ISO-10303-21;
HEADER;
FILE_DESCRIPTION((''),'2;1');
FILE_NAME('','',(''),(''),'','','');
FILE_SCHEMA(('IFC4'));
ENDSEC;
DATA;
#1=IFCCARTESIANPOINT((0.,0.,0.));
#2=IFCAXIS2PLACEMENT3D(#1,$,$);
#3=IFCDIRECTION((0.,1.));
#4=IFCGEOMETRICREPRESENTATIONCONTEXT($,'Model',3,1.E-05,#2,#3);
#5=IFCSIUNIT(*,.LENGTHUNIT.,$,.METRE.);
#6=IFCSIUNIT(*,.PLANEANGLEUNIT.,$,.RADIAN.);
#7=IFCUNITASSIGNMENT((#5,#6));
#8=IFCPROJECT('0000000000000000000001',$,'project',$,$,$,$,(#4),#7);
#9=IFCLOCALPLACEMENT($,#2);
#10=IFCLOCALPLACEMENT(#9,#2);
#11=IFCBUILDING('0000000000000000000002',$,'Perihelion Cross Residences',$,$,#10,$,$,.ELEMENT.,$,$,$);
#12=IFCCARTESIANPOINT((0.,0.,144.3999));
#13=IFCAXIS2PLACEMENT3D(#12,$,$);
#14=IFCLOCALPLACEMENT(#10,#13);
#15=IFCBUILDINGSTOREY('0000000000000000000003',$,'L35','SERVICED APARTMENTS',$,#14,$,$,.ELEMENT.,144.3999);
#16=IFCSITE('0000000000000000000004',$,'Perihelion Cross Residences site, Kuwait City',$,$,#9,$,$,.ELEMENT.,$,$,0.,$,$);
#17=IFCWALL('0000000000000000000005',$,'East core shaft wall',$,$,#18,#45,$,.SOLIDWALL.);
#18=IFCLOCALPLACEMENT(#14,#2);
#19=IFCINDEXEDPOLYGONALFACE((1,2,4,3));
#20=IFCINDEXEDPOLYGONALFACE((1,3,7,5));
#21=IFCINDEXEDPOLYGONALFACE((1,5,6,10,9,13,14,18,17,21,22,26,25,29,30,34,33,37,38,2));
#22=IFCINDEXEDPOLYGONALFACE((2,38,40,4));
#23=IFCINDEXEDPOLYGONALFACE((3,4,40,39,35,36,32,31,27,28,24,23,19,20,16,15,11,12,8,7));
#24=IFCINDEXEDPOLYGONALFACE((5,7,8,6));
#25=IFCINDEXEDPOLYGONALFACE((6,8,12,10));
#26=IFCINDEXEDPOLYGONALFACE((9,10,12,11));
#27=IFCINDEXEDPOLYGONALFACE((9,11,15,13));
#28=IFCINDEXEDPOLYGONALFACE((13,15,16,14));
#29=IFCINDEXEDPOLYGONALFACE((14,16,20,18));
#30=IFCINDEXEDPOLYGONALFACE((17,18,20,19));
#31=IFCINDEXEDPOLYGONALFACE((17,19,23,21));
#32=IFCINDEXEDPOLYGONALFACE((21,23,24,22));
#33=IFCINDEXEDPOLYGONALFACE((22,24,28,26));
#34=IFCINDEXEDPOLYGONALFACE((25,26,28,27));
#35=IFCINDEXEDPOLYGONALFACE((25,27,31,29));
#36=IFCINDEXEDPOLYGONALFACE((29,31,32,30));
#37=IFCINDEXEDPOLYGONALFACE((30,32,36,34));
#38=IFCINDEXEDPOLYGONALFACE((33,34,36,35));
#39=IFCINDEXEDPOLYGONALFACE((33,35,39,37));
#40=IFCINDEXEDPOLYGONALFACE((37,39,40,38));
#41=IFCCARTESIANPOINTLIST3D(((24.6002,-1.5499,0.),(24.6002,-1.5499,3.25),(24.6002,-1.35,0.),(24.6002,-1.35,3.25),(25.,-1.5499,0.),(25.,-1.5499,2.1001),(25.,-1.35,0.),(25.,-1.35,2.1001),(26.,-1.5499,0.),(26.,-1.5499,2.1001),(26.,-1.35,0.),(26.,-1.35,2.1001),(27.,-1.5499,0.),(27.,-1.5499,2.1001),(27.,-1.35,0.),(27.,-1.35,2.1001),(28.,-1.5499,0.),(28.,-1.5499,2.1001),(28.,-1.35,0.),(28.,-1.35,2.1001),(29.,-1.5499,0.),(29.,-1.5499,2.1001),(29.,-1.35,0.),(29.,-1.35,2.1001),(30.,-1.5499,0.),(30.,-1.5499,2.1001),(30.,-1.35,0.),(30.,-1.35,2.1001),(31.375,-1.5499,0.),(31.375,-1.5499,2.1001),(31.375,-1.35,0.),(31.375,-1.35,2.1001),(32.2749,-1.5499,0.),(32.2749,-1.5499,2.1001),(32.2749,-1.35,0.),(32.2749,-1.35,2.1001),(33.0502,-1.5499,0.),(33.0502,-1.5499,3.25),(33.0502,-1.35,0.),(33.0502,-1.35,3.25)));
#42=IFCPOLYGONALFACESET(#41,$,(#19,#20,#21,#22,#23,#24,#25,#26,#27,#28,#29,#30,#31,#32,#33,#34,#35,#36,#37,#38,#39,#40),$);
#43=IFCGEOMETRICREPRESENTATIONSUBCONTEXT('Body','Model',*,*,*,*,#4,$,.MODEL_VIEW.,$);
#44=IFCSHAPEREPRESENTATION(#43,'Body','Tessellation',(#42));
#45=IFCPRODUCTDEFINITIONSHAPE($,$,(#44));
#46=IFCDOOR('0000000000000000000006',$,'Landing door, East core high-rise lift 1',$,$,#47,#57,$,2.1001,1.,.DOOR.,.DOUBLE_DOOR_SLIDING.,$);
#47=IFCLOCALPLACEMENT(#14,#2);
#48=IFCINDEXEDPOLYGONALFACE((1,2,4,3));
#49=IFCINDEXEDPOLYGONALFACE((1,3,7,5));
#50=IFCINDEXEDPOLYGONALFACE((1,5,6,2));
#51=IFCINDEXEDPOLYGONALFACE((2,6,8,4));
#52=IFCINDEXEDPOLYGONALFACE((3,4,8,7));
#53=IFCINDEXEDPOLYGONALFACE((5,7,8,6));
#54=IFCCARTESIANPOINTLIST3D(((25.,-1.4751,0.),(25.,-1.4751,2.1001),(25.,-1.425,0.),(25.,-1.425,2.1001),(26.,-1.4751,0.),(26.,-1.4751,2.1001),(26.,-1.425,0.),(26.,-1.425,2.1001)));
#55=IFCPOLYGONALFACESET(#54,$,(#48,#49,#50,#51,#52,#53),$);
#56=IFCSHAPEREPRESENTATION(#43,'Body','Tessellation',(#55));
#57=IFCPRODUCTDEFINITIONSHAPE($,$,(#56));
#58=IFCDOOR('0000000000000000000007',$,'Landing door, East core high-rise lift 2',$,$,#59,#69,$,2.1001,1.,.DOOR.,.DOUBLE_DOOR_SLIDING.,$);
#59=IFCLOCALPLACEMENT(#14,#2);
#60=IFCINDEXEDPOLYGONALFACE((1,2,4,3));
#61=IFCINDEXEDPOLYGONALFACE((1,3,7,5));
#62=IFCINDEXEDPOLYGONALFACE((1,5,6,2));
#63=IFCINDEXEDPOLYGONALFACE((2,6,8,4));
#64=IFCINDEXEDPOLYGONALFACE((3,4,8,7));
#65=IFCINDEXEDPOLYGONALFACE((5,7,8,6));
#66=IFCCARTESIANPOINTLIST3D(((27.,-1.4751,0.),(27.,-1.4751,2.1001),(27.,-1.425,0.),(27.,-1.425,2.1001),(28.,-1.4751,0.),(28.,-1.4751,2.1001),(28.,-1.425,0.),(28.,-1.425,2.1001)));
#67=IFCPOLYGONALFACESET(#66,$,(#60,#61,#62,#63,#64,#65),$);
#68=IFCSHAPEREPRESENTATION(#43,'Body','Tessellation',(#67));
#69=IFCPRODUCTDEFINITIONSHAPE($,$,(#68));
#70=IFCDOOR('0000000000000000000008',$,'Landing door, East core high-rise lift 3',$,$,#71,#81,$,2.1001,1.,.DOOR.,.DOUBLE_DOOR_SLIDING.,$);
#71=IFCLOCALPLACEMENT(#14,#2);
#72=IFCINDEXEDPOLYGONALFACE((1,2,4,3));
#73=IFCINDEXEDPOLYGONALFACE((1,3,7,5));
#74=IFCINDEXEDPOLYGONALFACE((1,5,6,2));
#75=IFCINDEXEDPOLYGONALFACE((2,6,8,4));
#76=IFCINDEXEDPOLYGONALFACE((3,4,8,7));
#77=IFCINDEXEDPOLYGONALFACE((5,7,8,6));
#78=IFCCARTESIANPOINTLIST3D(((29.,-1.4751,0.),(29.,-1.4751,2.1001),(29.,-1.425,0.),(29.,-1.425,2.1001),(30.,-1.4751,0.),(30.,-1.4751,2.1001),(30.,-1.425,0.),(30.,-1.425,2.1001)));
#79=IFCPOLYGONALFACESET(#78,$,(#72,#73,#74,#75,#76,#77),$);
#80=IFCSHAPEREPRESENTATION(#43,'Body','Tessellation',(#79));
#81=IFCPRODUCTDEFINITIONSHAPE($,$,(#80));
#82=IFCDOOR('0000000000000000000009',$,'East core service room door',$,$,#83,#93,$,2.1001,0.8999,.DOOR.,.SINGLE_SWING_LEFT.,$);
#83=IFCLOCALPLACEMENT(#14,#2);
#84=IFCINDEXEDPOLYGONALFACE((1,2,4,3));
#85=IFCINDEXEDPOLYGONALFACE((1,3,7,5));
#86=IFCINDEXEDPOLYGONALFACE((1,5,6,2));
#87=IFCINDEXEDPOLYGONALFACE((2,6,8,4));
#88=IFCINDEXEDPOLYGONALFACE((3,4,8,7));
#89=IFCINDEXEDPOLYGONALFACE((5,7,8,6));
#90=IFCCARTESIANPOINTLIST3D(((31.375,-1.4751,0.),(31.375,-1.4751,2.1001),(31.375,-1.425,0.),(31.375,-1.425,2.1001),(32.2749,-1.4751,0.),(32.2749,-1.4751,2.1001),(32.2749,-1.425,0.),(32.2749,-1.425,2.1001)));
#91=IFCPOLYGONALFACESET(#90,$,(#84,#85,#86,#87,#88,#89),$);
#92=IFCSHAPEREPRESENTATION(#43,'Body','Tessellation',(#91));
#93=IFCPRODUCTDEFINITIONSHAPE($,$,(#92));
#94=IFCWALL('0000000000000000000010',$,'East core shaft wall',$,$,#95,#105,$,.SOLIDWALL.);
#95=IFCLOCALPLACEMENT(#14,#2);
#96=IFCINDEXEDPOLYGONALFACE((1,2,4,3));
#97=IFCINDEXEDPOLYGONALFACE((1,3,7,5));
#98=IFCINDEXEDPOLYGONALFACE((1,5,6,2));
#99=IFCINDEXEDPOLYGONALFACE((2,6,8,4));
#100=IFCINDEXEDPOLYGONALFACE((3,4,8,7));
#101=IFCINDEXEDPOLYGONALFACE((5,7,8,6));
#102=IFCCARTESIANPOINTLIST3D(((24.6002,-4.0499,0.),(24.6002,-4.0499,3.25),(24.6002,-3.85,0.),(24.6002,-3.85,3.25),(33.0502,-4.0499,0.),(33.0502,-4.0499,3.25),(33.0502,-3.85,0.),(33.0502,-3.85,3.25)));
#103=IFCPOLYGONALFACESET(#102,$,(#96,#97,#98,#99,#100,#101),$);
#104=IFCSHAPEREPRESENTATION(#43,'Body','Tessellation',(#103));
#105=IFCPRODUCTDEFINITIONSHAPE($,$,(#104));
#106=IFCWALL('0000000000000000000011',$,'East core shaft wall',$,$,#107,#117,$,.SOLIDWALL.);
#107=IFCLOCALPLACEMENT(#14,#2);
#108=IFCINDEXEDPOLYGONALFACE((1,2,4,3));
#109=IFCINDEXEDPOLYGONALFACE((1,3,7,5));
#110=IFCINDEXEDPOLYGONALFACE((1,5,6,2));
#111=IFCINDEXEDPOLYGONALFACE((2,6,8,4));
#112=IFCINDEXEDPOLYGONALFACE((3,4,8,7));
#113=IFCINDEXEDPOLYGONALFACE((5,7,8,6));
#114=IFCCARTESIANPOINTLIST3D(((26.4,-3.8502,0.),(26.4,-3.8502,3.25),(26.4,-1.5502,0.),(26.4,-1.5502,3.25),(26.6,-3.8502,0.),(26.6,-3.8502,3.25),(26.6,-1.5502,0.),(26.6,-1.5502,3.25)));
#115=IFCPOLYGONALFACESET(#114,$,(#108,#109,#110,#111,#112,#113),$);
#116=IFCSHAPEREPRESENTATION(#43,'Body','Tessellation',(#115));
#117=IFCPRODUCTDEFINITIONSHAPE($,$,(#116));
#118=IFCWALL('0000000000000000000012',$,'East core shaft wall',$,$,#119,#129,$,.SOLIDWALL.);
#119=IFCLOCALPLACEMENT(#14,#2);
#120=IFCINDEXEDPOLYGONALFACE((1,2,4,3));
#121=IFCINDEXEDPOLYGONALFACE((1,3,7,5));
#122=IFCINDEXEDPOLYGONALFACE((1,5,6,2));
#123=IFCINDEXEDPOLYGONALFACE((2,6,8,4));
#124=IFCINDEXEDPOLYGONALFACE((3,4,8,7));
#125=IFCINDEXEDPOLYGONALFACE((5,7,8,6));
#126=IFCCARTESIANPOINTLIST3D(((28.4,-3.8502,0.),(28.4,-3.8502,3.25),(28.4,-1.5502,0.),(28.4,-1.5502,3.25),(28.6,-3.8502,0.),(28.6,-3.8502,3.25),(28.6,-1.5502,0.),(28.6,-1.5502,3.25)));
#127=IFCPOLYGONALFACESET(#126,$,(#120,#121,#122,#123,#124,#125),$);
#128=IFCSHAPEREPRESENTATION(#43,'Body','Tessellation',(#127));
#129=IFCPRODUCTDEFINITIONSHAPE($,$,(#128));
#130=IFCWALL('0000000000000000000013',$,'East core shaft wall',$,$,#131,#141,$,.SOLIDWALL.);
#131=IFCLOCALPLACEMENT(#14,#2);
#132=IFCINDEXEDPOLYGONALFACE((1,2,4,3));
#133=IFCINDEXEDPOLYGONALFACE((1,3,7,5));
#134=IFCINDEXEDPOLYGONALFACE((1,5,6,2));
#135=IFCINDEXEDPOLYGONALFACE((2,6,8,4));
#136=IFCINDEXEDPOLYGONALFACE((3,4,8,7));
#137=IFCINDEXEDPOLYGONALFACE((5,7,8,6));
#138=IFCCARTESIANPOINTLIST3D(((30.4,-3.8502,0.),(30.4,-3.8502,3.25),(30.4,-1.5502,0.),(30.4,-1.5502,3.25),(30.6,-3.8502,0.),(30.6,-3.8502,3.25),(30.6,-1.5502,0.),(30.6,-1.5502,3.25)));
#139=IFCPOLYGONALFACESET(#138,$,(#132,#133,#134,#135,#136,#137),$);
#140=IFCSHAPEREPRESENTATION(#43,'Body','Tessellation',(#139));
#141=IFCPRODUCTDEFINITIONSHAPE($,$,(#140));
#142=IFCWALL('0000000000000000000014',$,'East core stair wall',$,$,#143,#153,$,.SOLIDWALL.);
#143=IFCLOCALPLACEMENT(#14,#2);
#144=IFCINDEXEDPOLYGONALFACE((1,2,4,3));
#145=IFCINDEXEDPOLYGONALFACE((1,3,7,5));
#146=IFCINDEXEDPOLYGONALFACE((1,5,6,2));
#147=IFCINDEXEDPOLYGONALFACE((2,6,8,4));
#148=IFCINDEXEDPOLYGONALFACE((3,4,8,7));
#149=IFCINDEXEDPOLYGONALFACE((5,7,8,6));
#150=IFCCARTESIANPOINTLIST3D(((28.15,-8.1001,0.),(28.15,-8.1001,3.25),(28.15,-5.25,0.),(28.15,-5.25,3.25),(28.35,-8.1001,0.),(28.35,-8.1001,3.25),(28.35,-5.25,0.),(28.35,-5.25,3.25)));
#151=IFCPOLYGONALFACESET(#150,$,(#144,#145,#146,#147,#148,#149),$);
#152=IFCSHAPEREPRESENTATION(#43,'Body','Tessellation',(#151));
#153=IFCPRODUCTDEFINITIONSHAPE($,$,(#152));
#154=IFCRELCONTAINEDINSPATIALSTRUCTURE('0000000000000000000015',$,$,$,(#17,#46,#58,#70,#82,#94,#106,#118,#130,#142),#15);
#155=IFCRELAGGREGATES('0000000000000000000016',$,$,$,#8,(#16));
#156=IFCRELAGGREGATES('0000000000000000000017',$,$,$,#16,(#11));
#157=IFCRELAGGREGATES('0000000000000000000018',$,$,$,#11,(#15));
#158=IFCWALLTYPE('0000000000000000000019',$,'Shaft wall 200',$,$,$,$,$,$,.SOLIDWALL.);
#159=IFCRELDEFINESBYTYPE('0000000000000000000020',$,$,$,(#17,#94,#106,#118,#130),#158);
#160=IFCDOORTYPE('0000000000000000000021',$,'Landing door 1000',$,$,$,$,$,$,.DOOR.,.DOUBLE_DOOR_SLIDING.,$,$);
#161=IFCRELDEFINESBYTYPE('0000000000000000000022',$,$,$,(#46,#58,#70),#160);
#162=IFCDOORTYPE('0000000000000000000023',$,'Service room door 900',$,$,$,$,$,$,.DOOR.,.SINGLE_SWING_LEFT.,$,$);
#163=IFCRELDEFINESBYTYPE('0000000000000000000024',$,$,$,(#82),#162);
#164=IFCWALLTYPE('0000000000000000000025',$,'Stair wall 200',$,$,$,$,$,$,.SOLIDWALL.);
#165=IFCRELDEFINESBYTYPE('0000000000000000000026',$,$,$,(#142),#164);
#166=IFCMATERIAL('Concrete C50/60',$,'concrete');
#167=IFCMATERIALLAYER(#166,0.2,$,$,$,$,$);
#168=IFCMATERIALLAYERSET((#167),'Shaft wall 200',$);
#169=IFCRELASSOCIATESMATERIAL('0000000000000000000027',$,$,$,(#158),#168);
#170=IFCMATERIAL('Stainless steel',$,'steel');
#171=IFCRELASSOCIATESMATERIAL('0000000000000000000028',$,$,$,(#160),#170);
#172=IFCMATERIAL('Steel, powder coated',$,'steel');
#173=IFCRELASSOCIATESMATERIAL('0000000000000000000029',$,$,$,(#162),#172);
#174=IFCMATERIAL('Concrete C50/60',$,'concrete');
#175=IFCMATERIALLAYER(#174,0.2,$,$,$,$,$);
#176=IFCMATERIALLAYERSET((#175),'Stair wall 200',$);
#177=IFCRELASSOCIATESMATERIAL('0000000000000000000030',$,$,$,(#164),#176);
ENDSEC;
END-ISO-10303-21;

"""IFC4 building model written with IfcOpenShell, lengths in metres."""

from ifc_helpers import new_model, si_unit, direction, frame, frame_2d, origin, place, context, subcontext, project, spatial, rectangle, extrude, material, layer, layer_set, type_object, element, fill, save


model = new_model("IFC4")

# Units and contexts
model_context = context("Model", 3, precision=1e-05, world=origin(), true_north=direction((0.0, 1.0)))
body_context = subcontext(model_context, "Body", "Model", "MODEL_VIEW")
ifc_project = project(units=[si_unit("LENGTHUNIT", "METRE"), si_unit("PLANEANGLEUNIT", "RADIAN")], contexts=[model_context])

# Site, building, storey
site_placement = place(None, origin())
site = spatial("IfcSite", under=ifc_project, at=site_placement, Name="Perihelion Cross Residences site, Kuwait City", CompositionType="ELEMENT", RefElevation=0.0)
building_placement = place(site_placement, origin())
building = spatial("IfcBuilding", under=site, at=building_placement, Name="Perihelion Cross Residences", CompositionType="ELEMENT")
storey_placement = place(building_placement, frame((0.0, 0.0, 144.3999)))
storey = spatial("IfcBuildingStorey", under=building, at=storey_placement, Name="L35", Description="SERVICED APARTMENTS", CompositionType="ELEMENT", Elevation=144.3999)

# Wall, openings, doors
ifc_material_1 = material(Name="Concrete C50/60", Category="concrete")
ifc_layer_1 = layer(ifc_material_1, 0.2)
ifc_layer_set_1 = layer_set([ifc_layer_1], Name="Shaft wall 200")
wall_type_1 = type_object("IfcWallType", Name="Shaft wall 200", PredefinedType="SOLIDWALL", material=ifc_layer_set_1)
wall_1_placement = place(storey_placement, frame((24.6001, -1.45, 0.0), z_axis=(0.0, 0.0, 1.0), x_axis=(1.0, 0.0, 0.0)))
wall_1 = element("IfcWall", 1, at=wall_1_placement, inside=storey, type_object=wall_type_1, Name="East core shaft wall", PredefinedType="SOLIDWALL", context=body_context, shape_type="SweptSolid", body=[
    extrude(rectangle(XDim=8.45, YDim=0.2, at=frame_2d((4.2251, 0.0))), origin(), (0.0, 0.0, 1.0), 3.25),
])
opening_1_placement = place(wall_1_placement, frame((0.3999, 0.0, 0.0)))
opening_1 = element("IfcOpeningElement", 2, at=opening_1_placement, cuts=wall_1, PredefinedType="OPENING", context=body_context, shape_type="SweptSolid", body=[
    extrude(rectangle(XDim=1.0, YDim=2.1001, at=frame_2d((0.5, 1.05))), frame((0.0, 0.1099, 0.0), z_axis=(0.0, -1.0, 0.0), x_axis=(1.0, 0.0, 0.0)), (0.0, 0.0, 1.0), 0.22),
])
opening_2_placement = place(wall_1_placement, frame((2.3999, 0.0, 0.0)))
opening_2 = element("IfcOpeningElement", 3, at=opening_2_placement, cuts=wall_1, PredefinedType="OPENING", context=body_context, shape_type="SweptSolid", body=[
    extrude(rectangle(XDim=1.0, YDim=2.1001, at=frame_2d((0.5, 1.05))), frame((0.0, 0.1099, 0.0), z_axis=(0.0, -1.0, 0.0), x_axis=(1.0, 0.0, 0.0)), (0.0, 0.0, 1.0), 0.22),
])
opening_3_placement = place(wall_1_placement, frame((4.3999, 0.0, 0.0)))
opening_3 = element("IfcOpeningElement", 4, at=opening_3_placement, cuts=wall_1, PredefinedType="OPENING", context=body_context, shape_type="SweptSolid", body=[
    extrude(rectangle(XDim=1.0, YDim=2.1001, at=frame_2d((0.5, 1.05))), frame((0.0, 0.1099, 0.0), z_axis=(0.0, -1.0, 0.0), x_axis=(1.0, 0.0, 0.0)), (0.0, 0.0, 1.0), 0.22),
])
opening_4_placement = place(wall_1_placement, frame((6.7749, 0.0, 0.0)))
opening_4 = element("IfcOpeningElement", 5, at=opening_4_placement, cuts=wall_1, PredefinedType="OPENING", context=body_context, shape_type="SweptSolid", body=[
    extrude(rectangle(XDim=0.8999, YDim=2.1001, at=frame_2d((0.45, 1.05))), frame((0.0, 0.1099, 0.0), z_axis=(0.0, -1.0, 0.0), x_axis=(1.0, 0.0, 0.0)), (0.0, 0.0, 1.0), 0.22),
])
ifc_material_2 = material(Name="Stainless steel", Category="steel")
door_type_1 = type_object("IfcDoorType", Name="Landing door 1000", OperationType="DOUBLE_DOOR_SLIDING", PredefinedType="DOOR", material=ifc_material_2)
door_1_placement = place(opening_1_placement, origin())
door_1 = element("IfcDoor", 6, at=door_1_placement, inside=storey, type_object=door_type_1, Name="Landing door, East core high-rise lift 1", OperationType="DOUBLE_DOOR_SLIDING", OverallHeight=2.1001, OverallWidth=1.0, PredefinedType="DOOR", context=body_context, shape_type="SweptSolid", body=[
    extrude(rectangle(XDim=1.0, YDim=2.1001, at=frame_2d((0.5, 1.05))), frame((0.0, 0.0249, 0.0), z_axis=(0.0, -1.0, 0.0), x_axis=(1.0, 0.0, 0.0)), (0.0, 0.0, 1.0), 0.05),
])
fill(opening_1, door_1)
door_2_placement = place(opening_2_placement, origin())
door_2 = element("IfcDoor", 7, at=door_2_placement, inside=storey, type_object=door_type_1, Name="Landing door, East core high-rise lift 2", OperationType="DOUBLE_DOOR_SLIDING", OverallHeight=2.1001, OverallWidth=1.0, PredefinedType="DOOR", context=body_context, shape_type="SweptSolid", body=[
    extrude(rectangle(XDim=1.0, YDim=2.1001, at=frame_2d((0.5, 1.05))), frame((0.0, 0.0249, 0.0), z_axis=(0.0, -1.0, 0.0), x_axis=(1.0, 0.0, 0.0)), (0.0, 0.0, 1.0), 0.05),
])
fill(opening_2, door_2)
door_3_placement = place(opening_3_placement, origin())
door_3 = element("IfcDoor", 8, at=door_3_placement, inside=storey, type_object=door_type_1, Name="Landing door, East core high-rise lift 3", OperationType="DOUBLE_DOOR_SLIDING", OverallHeight=2.1001, OverallWidth=1.0, PredefinedType="DOOR", context=body_context, shape_type="SweptSolid", body=[
    extrude(rectangle(XDim=1.0, YDim=2.1001, at=frame_2d((0.5, 1.05))), frame((0.0, 0.0249, 0.0), z_axis=(0.0, -1.0, 0.0), x_axis=(1.0, 0.0, 0.0)), (0.0, 0.0, 1.0), 0.05),
])
fill(opening_3, door_3)
ifc_material_3 = material(Name="Steel, powder coated", Category="steel")
door_type_2 = type_object("IfcDoorType", Name="Service room door 900", OperationType="SINGLE_SWING_LEFT", PredefinedType="DOOR", material=ifc_material_3)
door_4_placement = place(opening_4_placement, origin())
door_4 = element("IfcDoor", 9, at=door_4_placement, inside=storey, type_object=door_type_2, Name="East core service room door", OperationType="SINGLE_SWING_LEFT", OverallHeight=2.1001, OverallWidth=0.8999, PredefinedType="DOOR", context=body_context, shape_type="SweptSolid", body=[
    extrude(rectangle(XDim=0.8999, YDim=2.1001, at=frame_2d((0.45, 1.05))), frame((0.0, 0.0249, 0.0), z_axis=(0.0, -1.0, 0.0), x_axis=(1.0, 0.0, 0.0)), (0.0, 0.0, 1.0), 0.05),
])
fill(opening_4, door_4)

# Walls
wall_2_placement = place(storey_placement, frame((24.6001, -3.95, 0.0), z_axis=(0.0, 0.0, 1.0), x_axis=(1.0, 0.0, 0.0)))
element("IfcWall", 10, at=wall_2_placement, inside=storey, type_object=wall_type_1, Name="East core shaft wall", PredefinedType="SOLIDWALL", context=body_context, shape_type="SweptSolid", body=[
    extrude(rectangle(XDim=8.45, YDim=0.2, at=frame_2d((4.2251, 0.0))), origin(), (0.0, 0.0, 1.0), 3.25),
])
for number, where, z_axis, x_axis, name in (
    (11, (26.5, -3.8501, 0.0), (0.0, 0.0, 1.0), (0.0, 1.0, 0.0), "East core shaft wall"),
    (12, (28.5, -3.8501, 0.0), (0.0, 0.0, 1.0), (0.0, 1.0, 0.0), "East core shaft wall"),
    (13, (30.5, -3.8501, 0.0), (0.0, 0.0, 1.0), (0.0, 1.0, 0.0), "East core shaft wall"),
):
    element("IfcWall", number, at=place(storey_placement, frame(where, z_axis=z_axis, x_axis=x_axis)), inside=storey, type_object=wall_type_1, Name=name, PredefinedType="SOLIDWALL", context=body_context, shape_type="SweptSolid", body=[
        extrude(rectangle(XDim=2.3, YDim=0.2, at=frame_2d((1.1499, 0.0))), origin(), (0.0, 0.0, 1.0), 3.25),
    ])
ifc_material_4 = material(Name="Concrete C50/60", Category="concrete")
ifc_layer_2 = layer(ifc_material_4, 0.2)
ifc_layer_set_2 = layer_set([ifc_layer_2], Name="Stair wall 200")
wall_type_2 = type_object("IfcWallType", Name="Stair wall 200", PredefinedType="SOLIDWALL", material=ifc_layer_set_2)
wall_3_placement = place(storey_placement, frame((28.25, -8.1001, 0.0), z_axis=(0.0, 0.0, 1.0), x_axis=(0.0, 1.0, 0.0)))
element("IfcWall", 14, at=wall_3_placement, inside=storey, type_object=wall_type_2, Name="East core stair wall", PredefinedType="SOLIDWALL", context=body_context, shape_type="SweptSolid", body=[
    extrude(rectangle(XDim=2.8501, YDim=0.2, at=frame_2d((1.425, 0.0))), origin(), (0.0, 0.0, 1.0), 3.25),
])

save(model, "model.ifc")
